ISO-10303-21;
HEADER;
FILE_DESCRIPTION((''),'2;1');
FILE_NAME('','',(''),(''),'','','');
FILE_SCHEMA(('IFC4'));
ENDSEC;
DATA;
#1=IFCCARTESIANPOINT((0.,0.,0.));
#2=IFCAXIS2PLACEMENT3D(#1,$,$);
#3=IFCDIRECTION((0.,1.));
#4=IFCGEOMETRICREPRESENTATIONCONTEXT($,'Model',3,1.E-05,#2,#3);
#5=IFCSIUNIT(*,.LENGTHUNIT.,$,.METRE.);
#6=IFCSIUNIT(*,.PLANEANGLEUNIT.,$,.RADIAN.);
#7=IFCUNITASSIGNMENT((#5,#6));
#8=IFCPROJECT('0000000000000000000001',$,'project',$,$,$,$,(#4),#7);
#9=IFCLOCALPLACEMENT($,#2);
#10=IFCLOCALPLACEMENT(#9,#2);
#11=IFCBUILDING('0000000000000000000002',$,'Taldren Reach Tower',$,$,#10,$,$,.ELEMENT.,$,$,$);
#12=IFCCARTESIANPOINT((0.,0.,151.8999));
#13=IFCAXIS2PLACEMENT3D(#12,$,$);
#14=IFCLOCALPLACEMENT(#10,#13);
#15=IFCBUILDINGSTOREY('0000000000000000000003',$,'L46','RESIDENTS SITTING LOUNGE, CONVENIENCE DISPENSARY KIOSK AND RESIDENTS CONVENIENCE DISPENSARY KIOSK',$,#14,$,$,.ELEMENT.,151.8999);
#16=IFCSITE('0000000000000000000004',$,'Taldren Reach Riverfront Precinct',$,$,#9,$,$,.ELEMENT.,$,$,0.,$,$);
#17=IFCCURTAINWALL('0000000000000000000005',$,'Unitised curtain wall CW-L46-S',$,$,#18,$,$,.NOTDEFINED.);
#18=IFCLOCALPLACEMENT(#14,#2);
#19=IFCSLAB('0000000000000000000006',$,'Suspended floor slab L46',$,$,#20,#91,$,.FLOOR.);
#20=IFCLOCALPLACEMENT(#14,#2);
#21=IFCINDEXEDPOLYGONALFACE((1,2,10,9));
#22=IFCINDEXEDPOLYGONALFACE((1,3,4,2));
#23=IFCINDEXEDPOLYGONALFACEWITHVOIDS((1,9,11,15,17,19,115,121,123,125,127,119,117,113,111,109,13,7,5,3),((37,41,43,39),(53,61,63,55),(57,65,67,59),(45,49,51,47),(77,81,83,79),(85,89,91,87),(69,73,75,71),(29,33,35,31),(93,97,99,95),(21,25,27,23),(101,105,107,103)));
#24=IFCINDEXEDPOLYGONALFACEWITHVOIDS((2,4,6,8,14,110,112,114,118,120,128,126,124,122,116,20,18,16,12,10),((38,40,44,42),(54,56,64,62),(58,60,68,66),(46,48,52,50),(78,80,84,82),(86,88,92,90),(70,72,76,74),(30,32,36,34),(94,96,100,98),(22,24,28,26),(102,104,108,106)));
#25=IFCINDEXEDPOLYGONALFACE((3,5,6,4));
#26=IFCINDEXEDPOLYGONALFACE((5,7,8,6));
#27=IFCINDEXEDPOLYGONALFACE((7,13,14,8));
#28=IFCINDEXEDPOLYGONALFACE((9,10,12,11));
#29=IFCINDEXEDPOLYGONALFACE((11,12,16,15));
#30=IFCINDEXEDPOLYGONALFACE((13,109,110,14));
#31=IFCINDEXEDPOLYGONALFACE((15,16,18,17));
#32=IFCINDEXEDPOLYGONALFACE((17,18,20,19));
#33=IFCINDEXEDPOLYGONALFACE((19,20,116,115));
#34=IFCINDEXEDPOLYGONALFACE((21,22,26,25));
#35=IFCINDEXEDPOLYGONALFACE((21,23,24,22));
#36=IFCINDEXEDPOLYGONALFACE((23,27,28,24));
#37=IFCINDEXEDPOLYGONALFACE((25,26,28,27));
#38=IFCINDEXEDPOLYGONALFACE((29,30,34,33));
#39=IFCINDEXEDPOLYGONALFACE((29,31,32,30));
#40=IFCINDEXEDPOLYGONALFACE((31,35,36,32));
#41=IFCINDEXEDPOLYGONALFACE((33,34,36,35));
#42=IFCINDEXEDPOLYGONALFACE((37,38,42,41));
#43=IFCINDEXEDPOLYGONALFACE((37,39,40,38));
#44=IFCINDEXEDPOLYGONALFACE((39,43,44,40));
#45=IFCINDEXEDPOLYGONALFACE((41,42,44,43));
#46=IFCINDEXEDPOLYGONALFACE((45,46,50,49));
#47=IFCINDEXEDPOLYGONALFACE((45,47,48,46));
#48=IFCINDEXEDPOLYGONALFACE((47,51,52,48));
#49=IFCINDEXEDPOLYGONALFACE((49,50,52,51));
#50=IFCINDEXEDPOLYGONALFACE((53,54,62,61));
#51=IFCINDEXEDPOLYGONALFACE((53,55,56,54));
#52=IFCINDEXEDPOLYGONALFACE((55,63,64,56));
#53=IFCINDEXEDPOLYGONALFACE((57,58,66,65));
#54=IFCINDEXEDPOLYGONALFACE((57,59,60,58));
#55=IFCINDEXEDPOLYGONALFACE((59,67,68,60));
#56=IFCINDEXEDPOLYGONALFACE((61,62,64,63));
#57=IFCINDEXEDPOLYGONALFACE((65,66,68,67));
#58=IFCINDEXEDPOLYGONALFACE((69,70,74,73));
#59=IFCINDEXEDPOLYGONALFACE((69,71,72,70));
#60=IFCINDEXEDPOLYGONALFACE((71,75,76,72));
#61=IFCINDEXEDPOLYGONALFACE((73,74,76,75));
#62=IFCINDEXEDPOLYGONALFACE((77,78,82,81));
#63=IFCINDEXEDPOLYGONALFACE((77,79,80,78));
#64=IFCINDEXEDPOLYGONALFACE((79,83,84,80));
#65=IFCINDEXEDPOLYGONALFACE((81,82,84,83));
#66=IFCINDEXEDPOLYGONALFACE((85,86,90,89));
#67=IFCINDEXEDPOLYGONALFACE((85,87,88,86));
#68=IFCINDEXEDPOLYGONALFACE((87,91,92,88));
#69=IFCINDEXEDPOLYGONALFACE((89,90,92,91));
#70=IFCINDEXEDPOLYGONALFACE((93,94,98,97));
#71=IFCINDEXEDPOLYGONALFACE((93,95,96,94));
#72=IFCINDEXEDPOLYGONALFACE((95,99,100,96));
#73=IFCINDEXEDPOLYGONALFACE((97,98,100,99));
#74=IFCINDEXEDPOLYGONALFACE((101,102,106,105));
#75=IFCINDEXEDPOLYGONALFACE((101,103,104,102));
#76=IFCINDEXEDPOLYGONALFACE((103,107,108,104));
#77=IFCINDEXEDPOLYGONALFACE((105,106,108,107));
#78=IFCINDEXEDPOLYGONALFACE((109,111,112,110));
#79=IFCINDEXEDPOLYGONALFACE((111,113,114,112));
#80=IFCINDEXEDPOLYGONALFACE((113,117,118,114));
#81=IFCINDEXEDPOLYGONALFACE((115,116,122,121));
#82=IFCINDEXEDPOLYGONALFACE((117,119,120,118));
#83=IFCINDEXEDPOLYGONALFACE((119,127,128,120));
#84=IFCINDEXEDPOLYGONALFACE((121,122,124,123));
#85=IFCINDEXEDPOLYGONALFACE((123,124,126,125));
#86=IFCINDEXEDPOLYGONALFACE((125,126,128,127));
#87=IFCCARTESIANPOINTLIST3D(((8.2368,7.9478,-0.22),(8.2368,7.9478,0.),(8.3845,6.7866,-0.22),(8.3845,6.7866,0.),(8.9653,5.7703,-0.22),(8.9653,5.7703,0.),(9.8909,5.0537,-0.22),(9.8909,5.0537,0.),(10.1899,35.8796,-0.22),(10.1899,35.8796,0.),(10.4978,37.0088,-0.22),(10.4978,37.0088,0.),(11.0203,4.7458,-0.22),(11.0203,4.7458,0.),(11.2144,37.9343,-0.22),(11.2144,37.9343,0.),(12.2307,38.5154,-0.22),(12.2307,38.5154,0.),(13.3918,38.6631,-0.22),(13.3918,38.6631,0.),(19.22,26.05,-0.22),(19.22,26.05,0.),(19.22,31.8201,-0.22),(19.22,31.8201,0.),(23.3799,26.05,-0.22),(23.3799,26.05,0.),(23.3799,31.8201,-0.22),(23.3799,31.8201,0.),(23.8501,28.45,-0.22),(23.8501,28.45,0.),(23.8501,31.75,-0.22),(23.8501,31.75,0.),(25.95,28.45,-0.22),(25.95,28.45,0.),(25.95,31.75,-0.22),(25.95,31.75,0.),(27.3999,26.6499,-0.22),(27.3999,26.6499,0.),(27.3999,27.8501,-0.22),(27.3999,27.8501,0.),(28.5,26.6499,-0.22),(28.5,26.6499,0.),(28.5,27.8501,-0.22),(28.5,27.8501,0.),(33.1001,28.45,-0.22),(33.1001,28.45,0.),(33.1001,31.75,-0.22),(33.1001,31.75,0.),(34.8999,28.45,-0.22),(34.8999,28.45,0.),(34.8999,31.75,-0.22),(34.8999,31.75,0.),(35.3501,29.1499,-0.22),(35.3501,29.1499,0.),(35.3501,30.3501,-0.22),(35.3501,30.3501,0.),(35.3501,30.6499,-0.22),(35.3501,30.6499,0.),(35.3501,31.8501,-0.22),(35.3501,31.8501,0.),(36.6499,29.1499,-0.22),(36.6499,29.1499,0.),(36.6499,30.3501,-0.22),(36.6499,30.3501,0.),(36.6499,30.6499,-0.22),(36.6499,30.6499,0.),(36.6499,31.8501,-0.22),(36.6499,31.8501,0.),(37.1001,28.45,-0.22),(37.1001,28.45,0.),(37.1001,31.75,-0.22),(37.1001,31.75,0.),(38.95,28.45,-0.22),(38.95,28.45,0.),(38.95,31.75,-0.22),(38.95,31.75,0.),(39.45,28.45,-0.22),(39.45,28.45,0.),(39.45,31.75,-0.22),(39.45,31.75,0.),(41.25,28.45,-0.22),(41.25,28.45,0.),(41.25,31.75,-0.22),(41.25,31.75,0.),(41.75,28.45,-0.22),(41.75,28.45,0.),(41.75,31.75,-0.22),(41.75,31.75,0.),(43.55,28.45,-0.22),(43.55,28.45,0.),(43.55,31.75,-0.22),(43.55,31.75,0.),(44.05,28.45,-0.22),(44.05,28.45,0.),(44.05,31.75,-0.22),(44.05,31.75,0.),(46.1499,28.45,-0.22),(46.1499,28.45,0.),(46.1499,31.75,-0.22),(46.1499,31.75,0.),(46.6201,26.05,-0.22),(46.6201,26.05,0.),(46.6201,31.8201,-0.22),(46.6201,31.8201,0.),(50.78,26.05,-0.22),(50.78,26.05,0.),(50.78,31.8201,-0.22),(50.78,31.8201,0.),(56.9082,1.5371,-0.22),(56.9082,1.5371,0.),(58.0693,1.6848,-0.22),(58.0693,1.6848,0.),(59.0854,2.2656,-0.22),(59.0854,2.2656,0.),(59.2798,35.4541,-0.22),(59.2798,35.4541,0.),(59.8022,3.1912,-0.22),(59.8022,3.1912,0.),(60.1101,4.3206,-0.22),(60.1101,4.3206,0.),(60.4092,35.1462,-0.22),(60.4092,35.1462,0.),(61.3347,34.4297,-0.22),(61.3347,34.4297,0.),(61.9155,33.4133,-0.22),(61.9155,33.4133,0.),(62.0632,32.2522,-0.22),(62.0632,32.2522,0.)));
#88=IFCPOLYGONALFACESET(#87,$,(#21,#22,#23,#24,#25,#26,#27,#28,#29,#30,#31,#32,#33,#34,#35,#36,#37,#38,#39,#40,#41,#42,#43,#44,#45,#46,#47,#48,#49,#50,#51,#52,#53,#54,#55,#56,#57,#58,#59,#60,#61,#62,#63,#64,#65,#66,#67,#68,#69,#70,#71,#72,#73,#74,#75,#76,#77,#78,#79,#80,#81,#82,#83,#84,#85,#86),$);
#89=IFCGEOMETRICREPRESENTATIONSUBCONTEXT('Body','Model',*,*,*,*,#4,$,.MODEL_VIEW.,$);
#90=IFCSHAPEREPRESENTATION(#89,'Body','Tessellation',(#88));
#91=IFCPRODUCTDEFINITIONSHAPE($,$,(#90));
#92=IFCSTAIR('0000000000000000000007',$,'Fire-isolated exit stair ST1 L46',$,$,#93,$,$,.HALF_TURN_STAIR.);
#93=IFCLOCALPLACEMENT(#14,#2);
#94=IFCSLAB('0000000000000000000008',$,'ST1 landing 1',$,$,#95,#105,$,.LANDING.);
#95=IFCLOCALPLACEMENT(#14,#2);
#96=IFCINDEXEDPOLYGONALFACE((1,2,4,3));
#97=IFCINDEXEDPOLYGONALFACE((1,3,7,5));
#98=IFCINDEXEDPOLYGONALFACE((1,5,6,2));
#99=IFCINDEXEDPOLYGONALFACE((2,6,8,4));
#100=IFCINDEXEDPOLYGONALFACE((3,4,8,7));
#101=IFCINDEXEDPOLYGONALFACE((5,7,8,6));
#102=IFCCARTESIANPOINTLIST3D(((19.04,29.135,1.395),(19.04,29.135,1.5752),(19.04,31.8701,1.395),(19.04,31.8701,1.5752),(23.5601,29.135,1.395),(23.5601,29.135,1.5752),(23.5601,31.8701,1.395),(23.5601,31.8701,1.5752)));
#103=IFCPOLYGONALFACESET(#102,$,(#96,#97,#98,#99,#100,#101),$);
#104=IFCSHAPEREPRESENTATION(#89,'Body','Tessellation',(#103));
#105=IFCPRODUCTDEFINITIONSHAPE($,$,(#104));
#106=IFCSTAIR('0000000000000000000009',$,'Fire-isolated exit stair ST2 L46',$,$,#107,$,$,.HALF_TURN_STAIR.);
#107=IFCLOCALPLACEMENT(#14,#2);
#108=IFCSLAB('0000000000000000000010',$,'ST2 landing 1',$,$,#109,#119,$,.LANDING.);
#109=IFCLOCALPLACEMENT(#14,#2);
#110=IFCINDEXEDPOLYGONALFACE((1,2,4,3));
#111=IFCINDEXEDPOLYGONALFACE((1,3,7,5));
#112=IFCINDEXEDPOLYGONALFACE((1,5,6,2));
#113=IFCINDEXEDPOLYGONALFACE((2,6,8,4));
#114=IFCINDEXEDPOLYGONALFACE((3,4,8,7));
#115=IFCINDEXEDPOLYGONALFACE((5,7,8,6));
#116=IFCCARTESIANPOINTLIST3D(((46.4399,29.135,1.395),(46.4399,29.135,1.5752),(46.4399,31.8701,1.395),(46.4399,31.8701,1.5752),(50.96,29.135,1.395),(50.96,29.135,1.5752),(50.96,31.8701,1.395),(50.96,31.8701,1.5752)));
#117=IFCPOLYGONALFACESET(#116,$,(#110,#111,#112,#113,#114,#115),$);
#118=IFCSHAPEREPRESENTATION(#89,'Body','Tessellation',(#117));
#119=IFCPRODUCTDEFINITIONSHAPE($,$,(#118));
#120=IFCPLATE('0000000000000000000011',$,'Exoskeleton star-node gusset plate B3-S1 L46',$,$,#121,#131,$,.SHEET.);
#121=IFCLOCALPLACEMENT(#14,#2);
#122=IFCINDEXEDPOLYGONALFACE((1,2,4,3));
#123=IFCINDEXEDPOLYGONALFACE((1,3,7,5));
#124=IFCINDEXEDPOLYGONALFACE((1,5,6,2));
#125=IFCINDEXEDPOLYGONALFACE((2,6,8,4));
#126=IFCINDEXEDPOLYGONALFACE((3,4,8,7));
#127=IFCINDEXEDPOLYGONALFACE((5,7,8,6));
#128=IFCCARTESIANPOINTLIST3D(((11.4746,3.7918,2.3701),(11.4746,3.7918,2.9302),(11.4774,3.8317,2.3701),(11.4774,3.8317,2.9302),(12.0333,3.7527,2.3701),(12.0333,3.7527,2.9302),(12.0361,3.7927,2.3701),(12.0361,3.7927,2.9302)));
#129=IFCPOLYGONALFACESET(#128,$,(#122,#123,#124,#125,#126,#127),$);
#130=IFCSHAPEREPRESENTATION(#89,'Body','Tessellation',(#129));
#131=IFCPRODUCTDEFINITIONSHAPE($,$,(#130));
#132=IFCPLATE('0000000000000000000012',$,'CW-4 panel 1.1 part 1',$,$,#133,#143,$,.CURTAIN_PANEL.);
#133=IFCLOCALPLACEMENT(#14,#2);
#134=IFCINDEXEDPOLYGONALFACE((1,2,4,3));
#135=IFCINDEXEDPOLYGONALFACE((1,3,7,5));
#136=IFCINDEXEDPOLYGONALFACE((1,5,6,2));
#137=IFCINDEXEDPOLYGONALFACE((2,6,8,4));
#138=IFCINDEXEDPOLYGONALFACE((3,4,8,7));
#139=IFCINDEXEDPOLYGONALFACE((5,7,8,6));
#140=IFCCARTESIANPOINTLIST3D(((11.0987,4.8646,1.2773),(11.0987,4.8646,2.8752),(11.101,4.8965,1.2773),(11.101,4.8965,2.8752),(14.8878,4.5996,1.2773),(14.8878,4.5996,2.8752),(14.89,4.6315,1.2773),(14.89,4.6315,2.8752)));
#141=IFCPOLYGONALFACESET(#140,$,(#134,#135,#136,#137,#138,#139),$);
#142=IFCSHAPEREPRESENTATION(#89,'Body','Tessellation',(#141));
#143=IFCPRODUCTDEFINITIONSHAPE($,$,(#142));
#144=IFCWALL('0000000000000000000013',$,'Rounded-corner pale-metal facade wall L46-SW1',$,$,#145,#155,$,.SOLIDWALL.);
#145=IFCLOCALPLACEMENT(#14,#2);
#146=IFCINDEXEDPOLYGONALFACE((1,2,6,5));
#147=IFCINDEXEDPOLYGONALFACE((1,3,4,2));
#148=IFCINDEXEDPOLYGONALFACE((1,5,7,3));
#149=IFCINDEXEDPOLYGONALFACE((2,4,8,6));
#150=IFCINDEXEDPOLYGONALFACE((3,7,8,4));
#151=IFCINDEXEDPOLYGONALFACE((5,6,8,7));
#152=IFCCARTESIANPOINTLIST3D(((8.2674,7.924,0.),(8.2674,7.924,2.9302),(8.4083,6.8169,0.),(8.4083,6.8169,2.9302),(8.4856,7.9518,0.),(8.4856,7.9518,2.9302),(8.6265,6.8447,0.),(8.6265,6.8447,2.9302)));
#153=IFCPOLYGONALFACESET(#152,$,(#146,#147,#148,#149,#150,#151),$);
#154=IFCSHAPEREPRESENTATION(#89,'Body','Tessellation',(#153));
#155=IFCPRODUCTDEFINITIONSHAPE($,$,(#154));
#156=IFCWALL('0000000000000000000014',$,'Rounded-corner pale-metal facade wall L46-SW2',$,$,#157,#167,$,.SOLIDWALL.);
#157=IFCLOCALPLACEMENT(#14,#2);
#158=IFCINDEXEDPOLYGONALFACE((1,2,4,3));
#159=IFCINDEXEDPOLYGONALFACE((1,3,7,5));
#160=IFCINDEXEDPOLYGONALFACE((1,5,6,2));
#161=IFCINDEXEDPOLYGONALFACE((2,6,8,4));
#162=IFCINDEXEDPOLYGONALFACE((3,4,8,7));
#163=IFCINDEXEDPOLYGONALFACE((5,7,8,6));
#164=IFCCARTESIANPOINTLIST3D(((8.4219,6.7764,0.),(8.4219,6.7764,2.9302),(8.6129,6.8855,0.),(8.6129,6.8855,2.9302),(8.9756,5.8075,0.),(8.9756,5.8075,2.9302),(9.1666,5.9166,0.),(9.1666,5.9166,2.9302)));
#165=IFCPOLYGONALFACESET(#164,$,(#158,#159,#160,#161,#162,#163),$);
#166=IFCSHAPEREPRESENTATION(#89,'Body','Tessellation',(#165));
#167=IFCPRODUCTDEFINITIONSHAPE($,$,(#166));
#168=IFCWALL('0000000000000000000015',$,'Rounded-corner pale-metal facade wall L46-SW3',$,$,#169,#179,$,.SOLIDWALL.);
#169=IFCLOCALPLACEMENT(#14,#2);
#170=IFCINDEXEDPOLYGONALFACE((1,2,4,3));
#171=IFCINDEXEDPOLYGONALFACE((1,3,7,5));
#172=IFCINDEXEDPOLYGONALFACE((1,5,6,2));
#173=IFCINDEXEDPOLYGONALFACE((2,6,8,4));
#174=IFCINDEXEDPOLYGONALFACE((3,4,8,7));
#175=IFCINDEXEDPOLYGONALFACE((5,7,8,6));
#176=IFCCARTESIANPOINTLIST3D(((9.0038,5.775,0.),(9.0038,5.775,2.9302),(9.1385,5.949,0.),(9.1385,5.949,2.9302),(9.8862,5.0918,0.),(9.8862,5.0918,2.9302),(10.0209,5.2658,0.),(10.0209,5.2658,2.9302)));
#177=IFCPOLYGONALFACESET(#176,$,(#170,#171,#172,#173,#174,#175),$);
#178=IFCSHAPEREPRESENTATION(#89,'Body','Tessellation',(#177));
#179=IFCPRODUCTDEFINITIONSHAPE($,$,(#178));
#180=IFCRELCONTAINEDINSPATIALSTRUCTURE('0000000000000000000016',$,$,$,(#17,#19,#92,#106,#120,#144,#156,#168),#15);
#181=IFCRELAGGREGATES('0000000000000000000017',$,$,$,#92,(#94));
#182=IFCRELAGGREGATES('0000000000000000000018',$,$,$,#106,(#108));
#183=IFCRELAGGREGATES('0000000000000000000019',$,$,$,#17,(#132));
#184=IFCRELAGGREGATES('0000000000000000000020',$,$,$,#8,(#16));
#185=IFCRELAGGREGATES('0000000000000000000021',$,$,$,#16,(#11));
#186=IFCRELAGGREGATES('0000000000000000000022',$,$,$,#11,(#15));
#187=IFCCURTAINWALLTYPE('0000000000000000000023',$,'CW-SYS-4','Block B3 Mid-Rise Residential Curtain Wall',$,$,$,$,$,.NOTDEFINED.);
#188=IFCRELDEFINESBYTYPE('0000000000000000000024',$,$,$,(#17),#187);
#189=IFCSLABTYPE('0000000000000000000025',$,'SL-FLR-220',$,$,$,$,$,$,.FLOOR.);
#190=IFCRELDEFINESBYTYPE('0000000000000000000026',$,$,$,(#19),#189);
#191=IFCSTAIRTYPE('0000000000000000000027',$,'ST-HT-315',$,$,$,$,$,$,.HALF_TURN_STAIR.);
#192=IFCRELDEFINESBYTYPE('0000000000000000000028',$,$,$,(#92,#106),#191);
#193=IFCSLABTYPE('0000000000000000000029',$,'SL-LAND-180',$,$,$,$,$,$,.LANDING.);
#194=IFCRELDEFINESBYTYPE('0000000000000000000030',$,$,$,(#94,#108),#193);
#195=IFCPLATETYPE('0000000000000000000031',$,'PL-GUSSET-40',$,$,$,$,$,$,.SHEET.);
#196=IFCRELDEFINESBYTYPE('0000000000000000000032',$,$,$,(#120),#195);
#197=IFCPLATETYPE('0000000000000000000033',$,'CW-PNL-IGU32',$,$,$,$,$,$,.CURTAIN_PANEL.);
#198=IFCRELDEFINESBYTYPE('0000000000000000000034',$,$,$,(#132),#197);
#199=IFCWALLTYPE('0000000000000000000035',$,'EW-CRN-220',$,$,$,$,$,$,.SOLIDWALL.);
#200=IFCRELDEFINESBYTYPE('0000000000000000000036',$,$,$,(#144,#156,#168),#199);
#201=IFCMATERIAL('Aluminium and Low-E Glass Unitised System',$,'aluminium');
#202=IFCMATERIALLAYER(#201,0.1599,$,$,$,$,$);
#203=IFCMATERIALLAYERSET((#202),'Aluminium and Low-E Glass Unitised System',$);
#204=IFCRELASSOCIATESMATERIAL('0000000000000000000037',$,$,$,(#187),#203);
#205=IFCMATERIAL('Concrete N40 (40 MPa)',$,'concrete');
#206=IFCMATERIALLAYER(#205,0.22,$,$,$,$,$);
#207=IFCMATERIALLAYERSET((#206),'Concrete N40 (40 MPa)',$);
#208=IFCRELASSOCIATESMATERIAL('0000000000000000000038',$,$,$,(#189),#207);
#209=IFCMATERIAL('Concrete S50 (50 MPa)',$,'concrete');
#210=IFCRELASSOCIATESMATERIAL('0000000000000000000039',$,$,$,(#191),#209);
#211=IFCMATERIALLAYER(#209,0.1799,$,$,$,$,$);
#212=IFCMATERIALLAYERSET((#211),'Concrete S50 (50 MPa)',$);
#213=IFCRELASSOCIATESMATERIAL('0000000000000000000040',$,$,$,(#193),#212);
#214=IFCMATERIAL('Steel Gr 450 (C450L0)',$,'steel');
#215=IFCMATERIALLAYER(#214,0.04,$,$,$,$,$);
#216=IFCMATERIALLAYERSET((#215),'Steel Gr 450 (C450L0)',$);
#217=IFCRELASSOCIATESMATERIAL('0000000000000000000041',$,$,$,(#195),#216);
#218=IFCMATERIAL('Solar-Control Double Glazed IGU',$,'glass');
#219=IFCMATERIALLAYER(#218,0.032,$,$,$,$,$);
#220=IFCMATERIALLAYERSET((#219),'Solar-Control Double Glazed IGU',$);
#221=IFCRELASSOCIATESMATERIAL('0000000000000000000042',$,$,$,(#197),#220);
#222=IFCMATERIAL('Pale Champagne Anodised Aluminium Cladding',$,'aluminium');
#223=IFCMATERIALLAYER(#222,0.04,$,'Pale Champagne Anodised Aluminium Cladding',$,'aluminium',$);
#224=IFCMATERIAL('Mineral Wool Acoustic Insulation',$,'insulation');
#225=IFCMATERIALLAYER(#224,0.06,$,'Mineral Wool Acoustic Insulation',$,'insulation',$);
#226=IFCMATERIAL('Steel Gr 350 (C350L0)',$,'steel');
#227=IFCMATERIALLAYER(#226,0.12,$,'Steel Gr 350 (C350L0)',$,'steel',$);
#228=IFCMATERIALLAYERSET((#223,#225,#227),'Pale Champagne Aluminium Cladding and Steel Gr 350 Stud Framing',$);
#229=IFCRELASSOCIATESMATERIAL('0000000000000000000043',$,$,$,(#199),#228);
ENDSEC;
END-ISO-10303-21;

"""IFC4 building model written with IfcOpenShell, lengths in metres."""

from ifc_helpers import new_model, si_unit, direction, frame, frame_2d, origin, origin_2d, place, context, subcontext, project, spatial, polyline, rectangle, outline, extrude, source, transform, mapped, material, layer, layer_set, type_object, element, aggregate, save


model = new_model("IFC4")

# Units and contexts
model_context = context("Model", 3, precision=1e-05, world=origin(), true_north=direction((0.0, 1.0)))
body_context = subcontext(model_context, "Body", "Model", "MODEL_VIEW")
ifc_project = project(units=[si_unit("LENGTHUNIT", "METRE"), si_unit("PLANEANGLEUNIT", "RADIAN")], contexts=[model_context])

# Site, building, storey
site_placement = place(None, origin())
site = spatial("IfcSite", under=ifc_project, at=site_placement, Name="Taldren Reach Riverfront Precinct", CompositionType="ELEMENT", RefElevation=0.0)
building_placement = place(site_placement, origin())
building = spatial("IfcBuilding", under=site, at=building_placement, Name="Taldren Reach Tower", CompositionType="ELEMENT")
storey_placement = place(building_placement, frame((0.0, 0.0, 151.8999)))
storey = spatial("IfcBuildingStorey", under=building, at=storey_placement, Name="L46", Description="RESIDENTS SITTING LOUNGE, CONVENIENCE DISPENSARY KIOSK AND RESIDENTS CONVENIENCE DISPENSARY KIOSK", CompositionType="ELEMENT", Elevation=151.8999)

# Shared definitions
ifc_material_1 = material(Name="Steel Gr 450 (C450L0)", Category="steel")

# Shared definitions
ifc_material_2 = material(Name="Steel Gr 350 (C350L0)", Category="steel")

# Curtain wall
ifc_material_3 = material(Name="Aluminium and Low-E Glass Unitised System", Category="aluminium")
ifc_layer_1 = layer(ifc_material_3, 0.1599)
ifc_layer_set_1 = layer_set([ifc_layer_1], Name="Aluminium and Low-E Glass Unitised System")
curtain_wall_type = type_object("IfcCurtainWallType", Name="CW-SYS-4", Description="Block B3 Mid-Rise Residential Curtain Wall", PredefinedType="NOTDEFINED", material=ifc_layer_set_1)
curtain_wall_1_placement = place(storey_placement, origin())
curtain_wall_1 = element("IfcCurtainWall", 1, at=curtain_wall_1_placement, inside=storey, type_object=curtain_wall_type, Name="Unitised curtain wall CW-L46-S", PredefinedType="NOTDEFINED")

# Slab
ifc_material_4 = material(Name="Concrete N40 (40 MPa)", Category="concrete")
ifc_layer_2 = layer(ifc_material_4, 0.22)
ifc_layer_set_2 = layer_set([ifc_layer_2], Name="Concrete N40 (40 MPa)")
slab_type_1 = type_object("IfcSlabType", Name="SL-FLR-220", PredefinedType="FLOOR", material=ifc_layer_set_2)
slab_1_placement = place(storey_placement, frame((0.0, 0.0, -0.22)))
element("IfcSlab", 2, at=slab_1_placement, inside=storey, type_object=slab_type_1, Name="Suspended floor slab L46", PredefinedType="FLOOR", context=body_context, shape_type="SweptSolid", body=[
    extrude(outline(polyline([(56.9082, 1.5371), (58.0693, 1.6848), (59.0854, 2.2656), (59.8022, 3.1912), (60.1101, 4.3206), (62.0632, 32.2522), (61.9155, 33.4133), (61.3347, 34.4297), (60.4092, 35.1462), (59.2798, 35.4541), (13.3918, 38.6631), (12.2307, 38.5154), (11.2144, 37.9343), (10.4978, 37.0088), (10.1899, 35.8796), (8.2368, 7.9478), (8.3845, 6.7866), (8.9653, 5.7703), (9.8909, 5.0537), (11.0203, 4.7458), (56.9082, 1.5371)]), holes=[polyline([(19.22, 26.05), (23.3799, 26.05), (23.3799, 31.8201), (19.22, 31.8201), (19.22, 26.05)]), polyline([(46.6201, 26.05), (50.78, 26.05), (50.78, 31.8201), (46.6201, 31.8201), (46.6201, 26.05)]), polyline([(23.8501, 28.45), (25.95, 28.45), (25.95, 31.75), (23.8501, 31.75), (23.8501, 28.45)]), polyline([(44.05, 28.45), (46.1499, 28.45), (46.1499, 31.75), (44.05, 31.75), (44.05, 28.45)]), polyline([(33.1001, 28.45), (34.8999, 28.45), (34.8999, 31.75), (33.1001, 31.75), (33.1001, 28.45)]), polyline([(37.1001, 28.45), (38.95, 28.45), (38.95, 31.75), (37.1001, 31.75), (37.1001, 28.45)]), polyline([(39.45, 28.45), (41.25, 28.45), (41.25, 31.75), (39.45, 31.75), (39.45, 28.45)]), polyline([(41.75, 28.45), (43.55, 28.45), (43.55, 31.75), (41.75, 31.75), (41.75, 28.45)]), polyline([(35.3501, 30.6499), (36.6499, 30.6499), (36.6499, 31.8501), (35.3501, 31.8501), (35.3501, 30.6499)]), polyline([(35.3501, 29.1499), (36.6499, 29.1499), (36.6499, 30.3501), (35.3501, 30.3501), (35.3501, 29.1499)]), polyline([(27.3999, 26.6499), (28.5, 26.6499), (28.5, 27.8501), (27.3999, 27.8501), (27.3999, 26.6499)])]), origin(), (0.0, 0.0, 1.0), 0.22),
])

# Stairs, slabs
ifc_material_5 = material(Name="Concrete S50 (50 MPa)", Category="concrete")
stair_type = type_object("IfcStairType", Name="ST-HT-315", PredefinedType="HALF_TURN_STAIR", material=ifc_material_5)
stair_1_placement = place(storey_placement, origin())
stair_1 = element("IfcStair", 3, at=stair_1_placement, inside=storey, type_object=stair_type, Name="Fire-isolated exit stair ST1 L46", PredefinedType="HALF_TURN_STAIR")
ifc_layer_3 = layer(ifc_material_5, 0.1799)
ifc_layer_set_3 = layer_set([ifc_layer_3], Name="Concrete S50 (50 MPa)")
slab_type_2 = type_object("IfcSlabType", Name="SL-LAND-180", PredefinedType="LANDING", material=ifc_layer_set_3)
slab_2_placement = place(storey_placement, frame((0.0, 0.0, 1.395)))
slab_2 = element("IfcSlab", 4, at=slab_2_placement, type_object=slab_type_2, Name="ST1 landing 1", PredefinedType="LANDING", context=body_context, shape_type="SweptSolid", body=[
    extrude(outline(polyline([(19.04, 29.135), (23.5601, 29.135), (23.5601, 31.8701), (19.04, 31.8701), (19.04, 29.135)])), origin(), (0.0, 0.0, 1.0), 0.1802),
])
aggregate(stair_1, [slab_2])
stair_2_placement = place(storey_placement, origin())
stair_2 = element("IfcStair", 5, at=stair_2_placement, inside=storey, type_object=stair_type, Name="Fire-isolated exit stair ST2 L46", PredefinedType="HALF_TURN_STAIR")
slab_3_placement = place(storey_placement, frame((0.0, 0.0, 1.395)))
slab_3 = element("IfcSlab", 6, at=slab_3_placement, type_object=slab_type_2, Name="ST2 landing 1", PredefinedType="LANDING", context=body_context, shape_type="SweptSolid", body=[
    extrude(outline(polyline([(46.4399, 29.135), (50.96, 29.135), (50.96, 31.8701), (46.4399, 31.8701), (46.4399, 29.135)])), origin(), (0.0, 0.0, 1.0), 0.1802),
])
aggregate(stair_2, [slab_3])

# Plates
ifc_layer_4 = layer(ifc_material_1, 0.04)
ifc_layer_set_4 = layer_set([ifc_layer_4], Name="Steel Gr 450 (C450L0)")
plate_type_1 = type_object("IfcPlateType", Name="PL-GUSSET-40", PredefinedType="SHEET", material=ifc_layer_set_4)
shared_shape_1 = source(origin(), body_context, "Body", "SweptSolid", [
    extrude(rectangle(XDim=0.5601, YDim=0.04, at=origin_2d()), origin(), (0.0, 0.0, 1.0), 0.5601),
])
plate_1_placement = place(storey_placement, frame((11.7554, 3.7922, 2.3701), z_axis=(0.0, 0.0, 1.0), x_axis=(0.997564, -0.069756, 0.0)))
element("IfcPlate", 7, at=plate_1_placement, inside=storey, type_object=plate_type_1, Name="Exoskeleton star-node gusset plate B3-S1 L46", PredefinedType="SHEET", context=body_context, shape_type="MappedRepresentation", body=[
    mapped(shared_shape_1, transform((0.0, 0.0, 0.0), scale=1.0)),
])
ifc_material_6 = material(Name="Solar-Control Double Glazed IGU", Category="glass")
ifc_layer_5 = layer(ifc_material_6, 0.032)
ifc_layer_set_5 = layer_set([ifc_layer_5], Name="Solar-Control Double Glazed IGU")
plate_type_2 = type_object("IfcPlateType", Name="CW-PNL-IGU32", PredefinedType="CURTAIN_PANEL", material=ifc_layer_set_5)
shared_shape_2 = source(origin(), body_context, "Body", "SweptSolid", [
    extrude(rectangle(XDim=3.7983, YDim=0.032, at=origin_2d()), origin(), (0.0, 0.0, 1.0), 1.5979),
])
plate_2_placement = place(storey_placement, frame((12.9944, 4.748, 1.2773), z_axis=(0.0, 0.0, 1.0), x_axis=(0.997564, -0.069757, 0.0)))
plate_2 = element("IfcPlate", 8, at=plate_2_placement, type_object=plate_type_2, Name="CW-4 panel 1.1 part 1", PredefinedType="CURTAIN_PANEL", context=body_context, shape_type="MappedRepresentation", body=[
    mapped(shared_shape_2, transform((0.0, 0.0, 0.0), scale=1.0)),
])
aggregate(curtain_wall_1, [plate_2])

# Walls
ifc_material_7 = material(Name="Pale Champagne Anodised Aluminium Cladding", Category="aluminium")
ifc_layer_6 = layer(ifc_material_7, 0.04, Name="Pale Champagne Anodised Aluminium Cladding", Category="aluminium")
ifc_material_8 = material(Name="Mineral Wool Acoustic Insulation", Category="insulation")
ifc_layer_7 = layer(ifc_material_8, 0.06, Name="Mineral Wool Acoustic Insulation", Category="insulation")
ifc_layer_8 = layer(ifc_material_2, 0.12, Name="Steel Gr 350 (C350L0)", Category="steel")
ifc_layer_set_6 = layer_set([ifc_layer_6, ifc_layer_7, ifc_layer_8], Name="Pale Champagne Aluminium Cladding and Steel Gr 350 Stud Framing")
wall_type = type_object("IfcWallType", Name="EW-CRN-220", PredefinedType="SOLIDWALL", material=ifc_layer_set_6)
shared_shape_3 = source(origin(), body_context, "Body", "SweptSolid", [
    extrude(rectangle(XDim=1.116, YDim=0.22, at=frame_2d((0.5581, 0.0))), origin(), (0.0, 0.0, 1.0), 2.9302),
])
for number, where, z_axis, x_axis, name in (
    (9, (8.3765, 7.938, 0.0), (0.0, 0.0, 1.0), (0.126243, -0.991999, 0.0), "Rounded-corner pale-metal facade wall L46-SW1"),
    (10, (8.5173, 6.8311, 0.0), (0.0, 0.0, 1.0), (0.496139, -0.868243, 0.0), "Rounded-corner pale-metal facade wall L46-SW2"),
    (11, (9.071, 5.8621, 0.0), (0.0, 0.0, 1.0), (0.790717, -0.612182, 0.0), "Rounded-corner pale-metal facade wall L46-SW3"),
):
    element("IfcWall", number, at=place(storey_placement, frame(where, z_axis=z_axis, x_axis=x_axis)), inside=storey, type_object=wall_type, Name=name, PredefinedType="SOLIDWALL", context=body_context, shape_type="MappedRepresentation", body=[
        mapped(shared_shape_3, transform((0.0, 0.0, 0.0), scale=1.0)),
    ])

save(model, "model.ifc")
